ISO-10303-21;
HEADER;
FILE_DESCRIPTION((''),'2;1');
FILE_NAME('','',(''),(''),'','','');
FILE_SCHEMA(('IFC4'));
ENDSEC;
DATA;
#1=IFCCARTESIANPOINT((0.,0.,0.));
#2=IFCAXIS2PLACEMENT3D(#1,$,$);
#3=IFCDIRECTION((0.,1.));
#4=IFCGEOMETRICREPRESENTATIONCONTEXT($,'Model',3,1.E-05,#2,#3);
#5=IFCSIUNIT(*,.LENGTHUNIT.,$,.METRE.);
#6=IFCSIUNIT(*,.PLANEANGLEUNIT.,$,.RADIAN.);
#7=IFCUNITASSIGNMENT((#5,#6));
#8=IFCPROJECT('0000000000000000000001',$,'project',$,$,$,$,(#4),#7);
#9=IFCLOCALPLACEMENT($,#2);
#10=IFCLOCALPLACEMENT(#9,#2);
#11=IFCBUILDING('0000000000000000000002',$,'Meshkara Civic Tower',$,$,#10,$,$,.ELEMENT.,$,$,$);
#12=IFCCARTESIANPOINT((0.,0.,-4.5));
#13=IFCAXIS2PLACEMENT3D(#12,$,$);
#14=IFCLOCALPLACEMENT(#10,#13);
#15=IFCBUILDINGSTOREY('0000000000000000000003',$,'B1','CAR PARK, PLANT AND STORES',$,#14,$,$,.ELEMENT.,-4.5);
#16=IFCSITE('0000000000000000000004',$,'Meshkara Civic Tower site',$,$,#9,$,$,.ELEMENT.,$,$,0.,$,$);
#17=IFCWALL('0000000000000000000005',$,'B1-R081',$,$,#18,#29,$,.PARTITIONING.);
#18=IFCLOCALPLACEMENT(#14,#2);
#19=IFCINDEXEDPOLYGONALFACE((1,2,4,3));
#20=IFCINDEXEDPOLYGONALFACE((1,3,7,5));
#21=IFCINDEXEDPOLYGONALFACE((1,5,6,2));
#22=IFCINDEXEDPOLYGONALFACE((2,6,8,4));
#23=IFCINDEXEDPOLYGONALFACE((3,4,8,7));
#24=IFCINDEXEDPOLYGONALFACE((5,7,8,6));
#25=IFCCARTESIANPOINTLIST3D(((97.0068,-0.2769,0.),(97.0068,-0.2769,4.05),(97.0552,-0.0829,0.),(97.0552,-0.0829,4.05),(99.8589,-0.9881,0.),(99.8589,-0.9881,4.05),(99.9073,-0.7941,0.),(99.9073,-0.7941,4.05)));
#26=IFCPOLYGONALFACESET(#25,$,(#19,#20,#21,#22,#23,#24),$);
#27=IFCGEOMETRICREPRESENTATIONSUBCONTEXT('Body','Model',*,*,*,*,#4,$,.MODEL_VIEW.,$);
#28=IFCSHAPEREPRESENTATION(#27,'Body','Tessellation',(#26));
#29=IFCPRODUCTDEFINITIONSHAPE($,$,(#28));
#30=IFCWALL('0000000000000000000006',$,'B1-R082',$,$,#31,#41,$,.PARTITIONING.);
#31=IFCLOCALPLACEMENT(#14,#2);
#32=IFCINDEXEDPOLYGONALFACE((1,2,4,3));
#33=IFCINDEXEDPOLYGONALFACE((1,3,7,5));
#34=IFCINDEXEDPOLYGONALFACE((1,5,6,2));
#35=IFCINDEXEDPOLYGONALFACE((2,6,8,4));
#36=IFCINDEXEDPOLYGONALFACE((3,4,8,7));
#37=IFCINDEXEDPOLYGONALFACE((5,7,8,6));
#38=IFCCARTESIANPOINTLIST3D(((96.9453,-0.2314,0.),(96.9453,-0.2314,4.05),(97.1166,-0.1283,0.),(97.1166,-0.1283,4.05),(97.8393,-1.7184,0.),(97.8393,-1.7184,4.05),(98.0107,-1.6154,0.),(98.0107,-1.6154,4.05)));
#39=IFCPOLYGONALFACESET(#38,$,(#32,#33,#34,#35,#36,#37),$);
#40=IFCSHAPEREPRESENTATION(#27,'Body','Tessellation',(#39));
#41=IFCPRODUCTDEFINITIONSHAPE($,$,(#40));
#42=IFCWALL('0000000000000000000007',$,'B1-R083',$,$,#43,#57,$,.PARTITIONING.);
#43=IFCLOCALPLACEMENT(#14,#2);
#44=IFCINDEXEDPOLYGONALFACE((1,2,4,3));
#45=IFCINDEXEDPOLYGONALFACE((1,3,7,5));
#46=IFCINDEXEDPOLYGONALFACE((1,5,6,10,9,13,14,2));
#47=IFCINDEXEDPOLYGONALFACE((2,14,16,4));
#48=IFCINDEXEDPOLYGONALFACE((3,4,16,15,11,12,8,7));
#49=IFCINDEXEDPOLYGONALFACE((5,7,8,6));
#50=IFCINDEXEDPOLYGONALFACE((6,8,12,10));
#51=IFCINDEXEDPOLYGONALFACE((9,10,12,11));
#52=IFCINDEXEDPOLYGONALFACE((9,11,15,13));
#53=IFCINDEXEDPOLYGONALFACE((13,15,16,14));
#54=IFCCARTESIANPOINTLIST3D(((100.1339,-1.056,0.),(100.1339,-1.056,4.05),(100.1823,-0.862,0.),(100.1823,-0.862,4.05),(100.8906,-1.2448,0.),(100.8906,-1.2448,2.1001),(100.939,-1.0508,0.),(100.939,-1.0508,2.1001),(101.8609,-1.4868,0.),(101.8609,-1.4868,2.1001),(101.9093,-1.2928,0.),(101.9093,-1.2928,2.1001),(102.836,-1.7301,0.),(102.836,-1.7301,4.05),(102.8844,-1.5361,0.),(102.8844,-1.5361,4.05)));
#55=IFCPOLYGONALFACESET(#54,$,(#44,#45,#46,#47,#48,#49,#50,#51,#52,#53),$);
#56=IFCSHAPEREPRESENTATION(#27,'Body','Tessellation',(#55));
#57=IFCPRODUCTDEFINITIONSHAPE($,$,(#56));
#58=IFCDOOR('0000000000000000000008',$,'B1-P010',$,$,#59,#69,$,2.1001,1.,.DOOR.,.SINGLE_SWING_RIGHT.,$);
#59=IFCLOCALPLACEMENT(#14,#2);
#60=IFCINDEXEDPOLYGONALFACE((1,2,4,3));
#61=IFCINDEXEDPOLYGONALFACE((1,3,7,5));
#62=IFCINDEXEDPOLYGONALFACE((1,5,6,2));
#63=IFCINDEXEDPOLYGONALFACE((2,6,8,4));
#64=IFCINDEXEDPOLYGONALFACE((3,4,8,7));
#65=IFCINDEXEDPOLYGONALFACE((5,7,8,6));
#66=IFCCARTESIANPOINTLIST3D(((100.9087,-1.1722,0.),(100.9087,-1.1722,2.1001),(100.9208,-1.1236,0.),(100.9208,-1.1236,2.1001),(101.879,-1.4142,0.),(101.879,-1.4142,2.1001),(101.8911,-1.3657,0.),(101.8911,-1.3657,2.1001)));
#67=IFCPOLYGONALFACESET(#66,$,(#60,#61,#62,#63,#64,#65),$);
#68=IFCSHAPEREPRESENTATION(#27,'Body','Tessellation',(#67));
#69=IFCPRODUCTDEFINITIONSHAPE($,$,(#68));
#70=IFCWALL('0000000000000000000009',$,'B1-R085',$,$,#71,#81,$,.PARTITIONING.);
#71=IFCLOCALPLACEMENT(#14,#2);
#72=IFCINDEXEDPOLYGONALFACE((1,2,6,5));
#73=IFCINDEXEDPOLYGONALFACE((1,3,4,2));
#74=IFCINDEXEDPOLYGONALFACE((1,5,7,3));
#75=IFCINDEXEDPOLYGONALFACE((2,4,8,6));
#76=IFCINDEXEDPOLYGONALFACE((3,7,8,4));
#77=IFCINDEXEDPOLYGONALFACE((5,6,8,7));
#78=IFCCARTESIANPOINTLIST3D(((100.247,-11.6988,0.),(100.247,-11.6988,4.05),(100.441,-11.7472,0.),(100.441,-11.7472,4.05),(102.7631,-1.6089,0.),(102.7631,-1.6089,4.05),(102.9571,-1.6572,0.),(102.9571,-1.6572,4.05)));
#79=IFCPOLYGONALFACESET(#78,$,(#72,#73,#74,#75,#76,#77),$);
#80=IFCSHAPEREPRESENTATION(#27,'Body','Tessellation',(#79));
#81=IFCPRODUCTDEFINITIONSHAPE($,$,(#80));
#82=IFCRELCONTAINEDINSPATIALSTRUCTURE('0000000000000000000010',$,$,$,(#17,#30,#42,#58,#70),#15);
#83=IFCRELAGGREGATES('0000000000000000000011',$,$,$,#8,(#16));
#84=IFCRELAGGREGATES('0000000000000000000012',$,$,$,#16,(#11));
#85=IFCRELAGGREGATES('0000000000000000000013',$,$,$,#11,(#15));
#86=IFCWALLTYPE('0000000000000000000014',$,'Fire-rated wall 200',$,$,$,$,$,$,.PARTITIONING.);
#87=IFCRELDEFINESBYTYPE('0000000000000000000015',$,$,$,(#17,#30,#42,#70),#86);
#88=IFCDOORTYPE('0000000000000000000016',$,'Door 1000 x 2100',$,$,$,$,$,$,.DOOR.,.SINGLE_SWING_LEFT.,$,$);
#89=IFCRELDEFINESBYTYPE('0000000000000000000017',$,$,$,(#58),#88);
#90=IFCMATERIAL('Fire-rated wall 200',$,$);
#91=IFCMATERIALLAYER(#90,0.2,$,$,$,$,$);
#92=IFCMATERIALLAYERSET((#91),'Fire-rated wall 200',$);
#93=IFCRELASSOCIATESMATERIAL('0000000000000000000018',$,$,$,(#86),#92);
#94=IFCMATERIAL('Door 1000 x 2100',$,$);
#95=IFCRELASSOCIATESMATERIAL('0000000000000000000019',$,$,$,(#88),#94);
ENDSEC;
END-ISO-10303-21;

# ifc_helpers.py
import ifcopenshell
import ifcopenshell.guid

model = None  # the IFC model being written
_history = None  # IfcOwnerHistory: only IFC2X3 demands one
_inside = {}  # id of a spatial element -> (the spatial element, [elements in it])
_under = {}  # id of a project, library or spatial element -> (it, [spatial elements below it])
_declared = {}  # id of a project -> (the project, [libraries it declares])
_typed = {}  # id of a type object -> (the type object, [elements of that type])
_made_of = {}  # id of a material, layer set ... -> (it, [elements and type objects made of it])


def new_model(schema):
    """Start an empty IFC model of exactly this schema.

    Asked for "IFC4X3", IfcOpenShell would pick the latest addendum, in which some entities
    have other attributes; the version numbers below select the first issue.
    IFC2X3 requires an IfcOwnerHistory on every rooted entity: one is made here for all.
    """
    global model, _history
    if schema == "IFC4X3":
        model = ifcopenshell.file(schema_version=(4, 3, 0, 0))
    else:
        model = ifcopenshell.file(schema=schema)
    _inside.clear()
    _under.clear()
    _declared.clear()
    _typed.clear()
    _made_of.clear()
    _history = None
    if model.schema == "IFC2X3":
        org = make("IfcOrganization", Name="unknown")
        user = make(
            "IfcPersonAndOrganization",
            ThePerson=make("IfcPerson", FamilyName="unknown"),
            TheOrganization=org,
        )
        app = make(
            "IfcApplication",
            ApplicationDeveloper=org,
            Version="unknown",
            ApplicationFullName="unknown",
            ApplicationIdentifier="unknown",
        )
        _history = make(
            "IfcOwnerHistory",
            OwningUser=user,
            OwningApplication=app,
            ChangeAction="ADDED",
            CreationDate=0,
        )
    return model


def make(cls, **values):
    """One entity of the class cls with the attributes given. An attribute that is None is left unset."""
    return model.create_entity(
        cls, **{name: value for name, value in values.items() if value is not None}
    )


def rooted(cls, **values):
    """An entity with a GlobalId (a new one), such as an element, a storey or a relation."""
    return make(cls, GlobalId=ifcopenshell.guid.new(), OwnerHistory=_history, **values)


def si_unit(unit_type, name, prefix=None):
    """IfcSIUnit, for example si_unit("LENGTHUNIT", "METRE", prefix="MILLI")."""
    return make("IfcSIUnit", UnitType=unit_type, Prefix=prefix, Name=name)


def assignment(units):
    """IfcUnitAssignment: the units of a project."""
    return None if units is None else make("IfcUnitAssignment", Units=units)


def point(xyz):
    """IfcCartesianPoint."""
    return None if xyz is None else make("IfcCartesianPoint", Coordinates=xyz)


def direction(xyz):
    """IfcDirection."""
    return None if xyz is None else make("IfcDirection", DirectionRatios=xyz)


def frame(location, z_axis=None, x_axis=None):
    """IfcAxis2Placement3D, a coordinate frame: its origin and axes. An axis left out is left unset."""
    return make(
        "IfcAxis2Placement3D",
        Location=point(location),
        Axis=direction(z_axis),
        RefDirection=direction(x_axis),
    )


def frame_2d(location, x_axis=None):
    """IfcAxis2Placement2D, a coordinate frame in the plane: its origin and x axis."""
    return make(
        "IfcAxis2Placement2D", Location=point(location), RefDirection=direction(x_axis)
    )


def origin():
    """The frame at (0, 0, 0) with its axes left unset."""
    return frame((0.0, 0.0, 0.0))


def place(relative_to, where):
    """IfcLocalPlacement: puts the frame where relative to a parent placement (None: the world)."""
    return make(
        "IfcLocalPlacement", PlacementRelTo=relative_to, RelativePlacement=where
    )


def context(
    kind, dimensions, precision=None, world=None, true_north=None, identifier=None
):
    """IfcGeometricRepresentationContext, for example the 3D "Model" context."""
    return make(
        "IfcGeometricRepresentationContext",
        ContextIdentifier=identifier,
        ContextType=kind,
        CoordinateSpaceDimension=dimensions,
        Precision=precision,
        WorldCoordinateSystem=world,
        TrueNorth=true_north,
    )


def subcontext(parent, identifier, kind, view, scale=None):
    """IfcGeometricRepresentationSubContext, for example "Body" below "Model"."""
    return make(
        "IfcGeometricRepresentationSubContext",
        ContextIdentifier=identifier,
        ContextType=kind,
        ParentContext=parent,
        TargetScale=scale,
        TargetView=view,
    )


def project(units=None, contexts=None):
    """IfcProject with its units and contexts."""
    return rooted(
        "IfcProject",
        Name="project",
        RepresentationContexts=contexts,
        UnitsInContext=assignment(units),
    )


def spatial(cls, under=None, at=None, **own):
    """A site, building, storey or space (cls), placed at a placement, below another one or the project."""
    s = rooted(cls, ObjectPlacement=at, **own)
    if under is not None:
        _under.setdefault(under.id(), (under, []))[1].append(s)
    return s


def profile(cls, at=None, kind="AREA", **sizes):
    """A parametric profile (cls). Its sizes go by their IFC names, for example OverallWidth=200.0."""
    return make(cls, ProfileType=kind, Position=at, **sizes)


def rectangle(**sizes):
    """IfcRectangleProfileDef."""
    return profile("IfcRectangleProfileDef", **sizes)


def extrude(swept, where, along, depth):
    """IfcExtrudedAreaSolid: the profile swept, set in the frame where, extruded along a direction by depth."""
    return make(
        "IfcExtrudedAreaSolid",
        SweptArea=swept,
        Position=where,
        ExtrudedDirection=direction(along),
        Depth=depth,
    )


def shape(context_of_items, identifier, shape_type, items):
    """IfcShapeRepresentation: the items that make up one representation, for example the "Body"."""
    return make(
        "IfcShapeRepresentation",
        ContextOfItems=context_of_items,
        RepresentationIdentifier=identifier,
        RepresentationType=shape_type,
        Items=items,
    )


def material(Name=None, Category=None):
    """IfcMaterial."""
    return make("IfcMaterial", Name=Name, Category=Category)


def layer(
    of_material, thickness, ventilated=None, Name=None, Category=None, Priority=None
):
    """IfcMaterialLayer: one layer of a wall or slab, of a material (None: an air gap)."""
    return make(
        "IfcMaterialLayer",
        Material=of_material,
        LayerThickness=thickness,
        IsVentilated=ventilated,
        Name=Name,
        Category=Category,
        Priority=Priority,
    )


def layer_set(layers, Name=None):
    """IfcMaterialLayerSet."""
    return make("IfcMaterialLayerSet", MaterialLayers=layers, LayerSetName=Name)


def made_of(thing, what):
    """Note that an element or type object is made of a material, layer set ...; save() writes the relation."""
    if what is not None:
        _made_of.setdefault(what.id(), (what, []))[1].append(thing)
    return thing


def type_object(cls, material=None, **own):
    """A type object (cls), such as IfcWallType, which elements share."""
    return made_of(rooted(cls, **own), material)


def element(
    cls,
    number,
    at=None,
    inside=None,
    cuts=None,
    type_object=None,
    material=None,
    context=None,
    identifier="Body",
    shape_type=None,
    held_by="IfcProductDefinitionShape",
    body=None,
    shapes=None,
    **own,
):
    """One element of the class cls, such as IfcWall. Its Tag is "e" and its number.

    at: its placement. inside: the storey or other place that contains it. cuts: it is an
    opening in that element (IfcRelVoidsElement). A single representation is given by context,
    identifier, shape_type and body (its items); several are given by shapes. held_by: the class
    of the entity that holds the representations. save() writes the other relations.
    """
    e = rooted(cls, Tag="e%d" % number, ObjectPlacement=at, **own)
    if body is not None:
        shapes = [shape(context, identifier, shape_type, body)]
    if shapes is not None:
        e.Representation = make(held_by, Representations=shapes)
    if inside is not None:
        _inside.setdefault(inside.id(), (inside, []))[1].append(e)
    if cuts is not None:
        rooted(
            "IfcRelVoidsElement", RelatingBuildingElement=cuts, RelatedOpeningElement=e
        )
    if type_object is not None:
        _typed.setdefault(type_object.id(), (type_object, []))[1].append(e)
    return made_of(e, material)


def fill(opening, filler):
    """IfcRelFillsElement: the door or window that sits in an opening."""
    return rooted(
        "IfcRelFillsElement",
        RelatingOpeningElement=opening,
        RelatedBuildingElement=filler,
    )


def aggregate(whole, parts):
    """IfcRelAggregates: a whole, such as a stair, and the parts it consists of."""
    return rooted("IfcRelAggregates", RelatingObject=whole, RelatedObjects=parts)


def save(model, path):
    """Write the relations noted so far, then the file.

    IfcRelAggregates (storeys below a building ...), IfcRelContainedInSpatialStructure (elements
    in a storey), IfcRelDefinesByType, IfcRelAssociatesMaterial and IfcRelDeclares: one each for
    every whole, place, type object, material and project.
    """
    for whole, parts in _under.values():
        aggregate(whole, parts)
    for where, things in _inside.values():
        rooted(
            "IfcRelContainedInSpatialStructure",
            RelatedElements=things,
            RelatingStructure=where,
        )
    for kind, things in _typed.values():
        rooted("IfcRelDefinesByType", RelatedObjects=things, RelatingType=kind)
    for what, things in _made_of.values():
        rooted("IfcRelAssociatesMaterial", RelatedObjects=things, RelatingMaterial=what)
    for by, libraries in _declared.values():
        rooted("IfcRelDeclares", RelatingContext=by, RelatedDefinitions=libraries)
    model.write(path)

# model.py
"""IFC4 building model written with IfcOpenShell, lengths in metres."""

from ifc_helpers import new_model, si_unit, direction, frame, frame_2d, origin, place, context, subcontext, project, spatial, rectangle, extrude, material, layer, layer_set, type_object, element, fill, save


model = new_model("IFC4")

# Units and contexts
model_context = context("Model", 3, precision=1e-05, world=origin(), true_north=direction((0.0, 1.0)))
body_context = subcontext(model_context, "Body", "Model", "MODEL_VIEW")
ifc_project = project(units=[si_unit("LENGTHUNIT", "METRE"), si_unit("PLANEANGLEUNIT", "RADIAN")], contexts=[model_context])

# Site, building, storey
site_placement = place(None, origin())
site = spatial("IfcSite", under=ifc_project, at=site_placement, Name="Meshkara Civic Tower site", CompositionType="ELEMENT", RefElevation=0.0)
building_placement = place(site_placement, origin())
building = spatial("IfcBuilding", under=site, at=building_placement, Name="Meshkara Civic Tower", CompositionType="ELEMENT")
storey_placement = place(building_placement, frame((0.0, 0.0, -4.5)))
storey = spatial("IfcBuildingStorey", under=building, at=storey_placement, Name="B1", Description="CAR PARK, PLANT AND STORES", CompositionType="ELEMENT", Elevation=-4.5)

# Walls
ifc_material_1 = material(Name="Fire-rated wall 200")
ifc_layer_1 = layer(ifc_material_1, 0.2)
ifc_layer_set_1 = layer_set([ifc_layer_1], Name="Fire-rated wall 200")
wall_type_1 = type_object("IfcWallType", Name="Fire-rated wall 200", PredefinedType="PARTITIONING", material=ifc_layer_set_1)
wall_1_placement = place(storey_placement, frame((97.031, -0.1799, 0.0), z_axis=(0.0, 0.0, 1.0), x_axis=(0.970289, -0.241949, 0.0)))
element("IfcWall", 1, at=wall_1_placement, inside=storey, type_object=wall_type_1, Name="B1-R081", PredefinedType="PARTITIONING", context=body_context, shape_type="SweptSolid", body=[
    extrude(rectangle(XDim=2.9395, YDim=0.2, at=frame_2d((1.4697, 0.0))), origin(), (0.0, 0.0, 1.0), 4.05),
])
wall_2_placement = place(storey_placement, frame((97.925, -1.667, 0.0), z_axis=(0.0, 0.0, 1.0), x_axis=(-0.515261, 0.857033, 0.0)))
element("IfcWall", 2, at=wall_2_placement, inside=storey, type_object=wall_type_1, Name="B1-R082", PredefinedType="PARTITIONING", context=body_context, shape_type="SweptSolid", body=[
    extrude(rectangle(XDim=1.7351, YDim=0.2, at=frame_2d((0.8677, 0.0))), origin(), (0.0, 0.0, 1.0), 4.05),
])

# Wall, opening, door
wall_3_placement = place(storey_placement, frame((100.158, -0.959, 0.0), z_axis=(0.0, 0.0, 1.0), x_axis=(0.970266, -0.242041, 0.0)))
wall_3 = element("IfcWall", 3, at=wall_3_placement, inside=storey, type_object=wall_type_1, Name="B1-R083", PredefinedType="PARTITIONING", context=body_context, shape_type="SweptSolid", body=[
    extrude(rectangle(XDim=2.7849, YDim=0.2, at=frame_2d((1.3926, 0.0))), origin(), (0.0, 0.0, 1.0), 4.05),
])
opening_placement = place(wall_3_placement, frame((0.78, 0.0, 0.0)))
opening = element("IfcOpeningElement", 4, at=opening_placement, cuts=wall_3, PredefinedType="OPENING", context=body_context, shape_type="SweptSolid", body=[
    extrude(rectangle(XDim=1.0, YDim=2.1001, at=frame_2d((0.5, 1.05))), frame((0.0, 0.1099, 0.0), z_axis=(0.0, -1.0, 0.0), x_axis=(1.0, 0.0, 0.0)), (0.0, 0.0, 1.0), 0.22),
])
ifc_material_2 = material(Name="Door 1000 x 2100")
door_type = type_object("IfcDoorType", Name="Door 1000 x 2100", OperationType="SINGLE_SWING_LEFT", PredefinedType="DOOR", material=ifc_material_2)
door_placement = place(opening_placement, origin())
door = element("IfcDoor", 5, at=door_placement, inside=storey, type_object=door_type, Name="B1-P010", OperationType="SINGLE_SWING_RIGHT", OverallHeight=2.1001, OverallWidth=1.0, PredefinedType="DOOR", context=body_context, shape_type="SweptSolid", body=[
    extrude(rectangle(XDim=1.0, YDim=2.1001, at=frame_2d((0.5, 1.05))), frame((0.0, 0.0249, 0.0), z_axis=(0.0, -1.0, 0.0), x_axis=(1.0, 0.0, 0.0)), (0.0, 0.0, 1.0), 0.05),
])
fill(opening, door)

# Wall
wall_4_placement = place(storey_placement, frame((102.8601, -1.6331, 0.0), z_axis=(0.0, 0.0, 1.0), x_axis=(-0.241961, -0.970286, 0.0)))
element("IfcWall", 6, at=wall_4_placement, inside=storey, type_object=wall_type_1, Name="B1-R085", PredefinedType="PARTITIONING", context=body_context, shape_type="SweptSolid", body=[
    extrude(rectangle(XDim=10.3989, YDim=0.2, at=frame_2d((5.1995, 0.0))), origin(), (0.0, 0.0, 1.0), 4.05),
])

save(model, "model.ifc")
